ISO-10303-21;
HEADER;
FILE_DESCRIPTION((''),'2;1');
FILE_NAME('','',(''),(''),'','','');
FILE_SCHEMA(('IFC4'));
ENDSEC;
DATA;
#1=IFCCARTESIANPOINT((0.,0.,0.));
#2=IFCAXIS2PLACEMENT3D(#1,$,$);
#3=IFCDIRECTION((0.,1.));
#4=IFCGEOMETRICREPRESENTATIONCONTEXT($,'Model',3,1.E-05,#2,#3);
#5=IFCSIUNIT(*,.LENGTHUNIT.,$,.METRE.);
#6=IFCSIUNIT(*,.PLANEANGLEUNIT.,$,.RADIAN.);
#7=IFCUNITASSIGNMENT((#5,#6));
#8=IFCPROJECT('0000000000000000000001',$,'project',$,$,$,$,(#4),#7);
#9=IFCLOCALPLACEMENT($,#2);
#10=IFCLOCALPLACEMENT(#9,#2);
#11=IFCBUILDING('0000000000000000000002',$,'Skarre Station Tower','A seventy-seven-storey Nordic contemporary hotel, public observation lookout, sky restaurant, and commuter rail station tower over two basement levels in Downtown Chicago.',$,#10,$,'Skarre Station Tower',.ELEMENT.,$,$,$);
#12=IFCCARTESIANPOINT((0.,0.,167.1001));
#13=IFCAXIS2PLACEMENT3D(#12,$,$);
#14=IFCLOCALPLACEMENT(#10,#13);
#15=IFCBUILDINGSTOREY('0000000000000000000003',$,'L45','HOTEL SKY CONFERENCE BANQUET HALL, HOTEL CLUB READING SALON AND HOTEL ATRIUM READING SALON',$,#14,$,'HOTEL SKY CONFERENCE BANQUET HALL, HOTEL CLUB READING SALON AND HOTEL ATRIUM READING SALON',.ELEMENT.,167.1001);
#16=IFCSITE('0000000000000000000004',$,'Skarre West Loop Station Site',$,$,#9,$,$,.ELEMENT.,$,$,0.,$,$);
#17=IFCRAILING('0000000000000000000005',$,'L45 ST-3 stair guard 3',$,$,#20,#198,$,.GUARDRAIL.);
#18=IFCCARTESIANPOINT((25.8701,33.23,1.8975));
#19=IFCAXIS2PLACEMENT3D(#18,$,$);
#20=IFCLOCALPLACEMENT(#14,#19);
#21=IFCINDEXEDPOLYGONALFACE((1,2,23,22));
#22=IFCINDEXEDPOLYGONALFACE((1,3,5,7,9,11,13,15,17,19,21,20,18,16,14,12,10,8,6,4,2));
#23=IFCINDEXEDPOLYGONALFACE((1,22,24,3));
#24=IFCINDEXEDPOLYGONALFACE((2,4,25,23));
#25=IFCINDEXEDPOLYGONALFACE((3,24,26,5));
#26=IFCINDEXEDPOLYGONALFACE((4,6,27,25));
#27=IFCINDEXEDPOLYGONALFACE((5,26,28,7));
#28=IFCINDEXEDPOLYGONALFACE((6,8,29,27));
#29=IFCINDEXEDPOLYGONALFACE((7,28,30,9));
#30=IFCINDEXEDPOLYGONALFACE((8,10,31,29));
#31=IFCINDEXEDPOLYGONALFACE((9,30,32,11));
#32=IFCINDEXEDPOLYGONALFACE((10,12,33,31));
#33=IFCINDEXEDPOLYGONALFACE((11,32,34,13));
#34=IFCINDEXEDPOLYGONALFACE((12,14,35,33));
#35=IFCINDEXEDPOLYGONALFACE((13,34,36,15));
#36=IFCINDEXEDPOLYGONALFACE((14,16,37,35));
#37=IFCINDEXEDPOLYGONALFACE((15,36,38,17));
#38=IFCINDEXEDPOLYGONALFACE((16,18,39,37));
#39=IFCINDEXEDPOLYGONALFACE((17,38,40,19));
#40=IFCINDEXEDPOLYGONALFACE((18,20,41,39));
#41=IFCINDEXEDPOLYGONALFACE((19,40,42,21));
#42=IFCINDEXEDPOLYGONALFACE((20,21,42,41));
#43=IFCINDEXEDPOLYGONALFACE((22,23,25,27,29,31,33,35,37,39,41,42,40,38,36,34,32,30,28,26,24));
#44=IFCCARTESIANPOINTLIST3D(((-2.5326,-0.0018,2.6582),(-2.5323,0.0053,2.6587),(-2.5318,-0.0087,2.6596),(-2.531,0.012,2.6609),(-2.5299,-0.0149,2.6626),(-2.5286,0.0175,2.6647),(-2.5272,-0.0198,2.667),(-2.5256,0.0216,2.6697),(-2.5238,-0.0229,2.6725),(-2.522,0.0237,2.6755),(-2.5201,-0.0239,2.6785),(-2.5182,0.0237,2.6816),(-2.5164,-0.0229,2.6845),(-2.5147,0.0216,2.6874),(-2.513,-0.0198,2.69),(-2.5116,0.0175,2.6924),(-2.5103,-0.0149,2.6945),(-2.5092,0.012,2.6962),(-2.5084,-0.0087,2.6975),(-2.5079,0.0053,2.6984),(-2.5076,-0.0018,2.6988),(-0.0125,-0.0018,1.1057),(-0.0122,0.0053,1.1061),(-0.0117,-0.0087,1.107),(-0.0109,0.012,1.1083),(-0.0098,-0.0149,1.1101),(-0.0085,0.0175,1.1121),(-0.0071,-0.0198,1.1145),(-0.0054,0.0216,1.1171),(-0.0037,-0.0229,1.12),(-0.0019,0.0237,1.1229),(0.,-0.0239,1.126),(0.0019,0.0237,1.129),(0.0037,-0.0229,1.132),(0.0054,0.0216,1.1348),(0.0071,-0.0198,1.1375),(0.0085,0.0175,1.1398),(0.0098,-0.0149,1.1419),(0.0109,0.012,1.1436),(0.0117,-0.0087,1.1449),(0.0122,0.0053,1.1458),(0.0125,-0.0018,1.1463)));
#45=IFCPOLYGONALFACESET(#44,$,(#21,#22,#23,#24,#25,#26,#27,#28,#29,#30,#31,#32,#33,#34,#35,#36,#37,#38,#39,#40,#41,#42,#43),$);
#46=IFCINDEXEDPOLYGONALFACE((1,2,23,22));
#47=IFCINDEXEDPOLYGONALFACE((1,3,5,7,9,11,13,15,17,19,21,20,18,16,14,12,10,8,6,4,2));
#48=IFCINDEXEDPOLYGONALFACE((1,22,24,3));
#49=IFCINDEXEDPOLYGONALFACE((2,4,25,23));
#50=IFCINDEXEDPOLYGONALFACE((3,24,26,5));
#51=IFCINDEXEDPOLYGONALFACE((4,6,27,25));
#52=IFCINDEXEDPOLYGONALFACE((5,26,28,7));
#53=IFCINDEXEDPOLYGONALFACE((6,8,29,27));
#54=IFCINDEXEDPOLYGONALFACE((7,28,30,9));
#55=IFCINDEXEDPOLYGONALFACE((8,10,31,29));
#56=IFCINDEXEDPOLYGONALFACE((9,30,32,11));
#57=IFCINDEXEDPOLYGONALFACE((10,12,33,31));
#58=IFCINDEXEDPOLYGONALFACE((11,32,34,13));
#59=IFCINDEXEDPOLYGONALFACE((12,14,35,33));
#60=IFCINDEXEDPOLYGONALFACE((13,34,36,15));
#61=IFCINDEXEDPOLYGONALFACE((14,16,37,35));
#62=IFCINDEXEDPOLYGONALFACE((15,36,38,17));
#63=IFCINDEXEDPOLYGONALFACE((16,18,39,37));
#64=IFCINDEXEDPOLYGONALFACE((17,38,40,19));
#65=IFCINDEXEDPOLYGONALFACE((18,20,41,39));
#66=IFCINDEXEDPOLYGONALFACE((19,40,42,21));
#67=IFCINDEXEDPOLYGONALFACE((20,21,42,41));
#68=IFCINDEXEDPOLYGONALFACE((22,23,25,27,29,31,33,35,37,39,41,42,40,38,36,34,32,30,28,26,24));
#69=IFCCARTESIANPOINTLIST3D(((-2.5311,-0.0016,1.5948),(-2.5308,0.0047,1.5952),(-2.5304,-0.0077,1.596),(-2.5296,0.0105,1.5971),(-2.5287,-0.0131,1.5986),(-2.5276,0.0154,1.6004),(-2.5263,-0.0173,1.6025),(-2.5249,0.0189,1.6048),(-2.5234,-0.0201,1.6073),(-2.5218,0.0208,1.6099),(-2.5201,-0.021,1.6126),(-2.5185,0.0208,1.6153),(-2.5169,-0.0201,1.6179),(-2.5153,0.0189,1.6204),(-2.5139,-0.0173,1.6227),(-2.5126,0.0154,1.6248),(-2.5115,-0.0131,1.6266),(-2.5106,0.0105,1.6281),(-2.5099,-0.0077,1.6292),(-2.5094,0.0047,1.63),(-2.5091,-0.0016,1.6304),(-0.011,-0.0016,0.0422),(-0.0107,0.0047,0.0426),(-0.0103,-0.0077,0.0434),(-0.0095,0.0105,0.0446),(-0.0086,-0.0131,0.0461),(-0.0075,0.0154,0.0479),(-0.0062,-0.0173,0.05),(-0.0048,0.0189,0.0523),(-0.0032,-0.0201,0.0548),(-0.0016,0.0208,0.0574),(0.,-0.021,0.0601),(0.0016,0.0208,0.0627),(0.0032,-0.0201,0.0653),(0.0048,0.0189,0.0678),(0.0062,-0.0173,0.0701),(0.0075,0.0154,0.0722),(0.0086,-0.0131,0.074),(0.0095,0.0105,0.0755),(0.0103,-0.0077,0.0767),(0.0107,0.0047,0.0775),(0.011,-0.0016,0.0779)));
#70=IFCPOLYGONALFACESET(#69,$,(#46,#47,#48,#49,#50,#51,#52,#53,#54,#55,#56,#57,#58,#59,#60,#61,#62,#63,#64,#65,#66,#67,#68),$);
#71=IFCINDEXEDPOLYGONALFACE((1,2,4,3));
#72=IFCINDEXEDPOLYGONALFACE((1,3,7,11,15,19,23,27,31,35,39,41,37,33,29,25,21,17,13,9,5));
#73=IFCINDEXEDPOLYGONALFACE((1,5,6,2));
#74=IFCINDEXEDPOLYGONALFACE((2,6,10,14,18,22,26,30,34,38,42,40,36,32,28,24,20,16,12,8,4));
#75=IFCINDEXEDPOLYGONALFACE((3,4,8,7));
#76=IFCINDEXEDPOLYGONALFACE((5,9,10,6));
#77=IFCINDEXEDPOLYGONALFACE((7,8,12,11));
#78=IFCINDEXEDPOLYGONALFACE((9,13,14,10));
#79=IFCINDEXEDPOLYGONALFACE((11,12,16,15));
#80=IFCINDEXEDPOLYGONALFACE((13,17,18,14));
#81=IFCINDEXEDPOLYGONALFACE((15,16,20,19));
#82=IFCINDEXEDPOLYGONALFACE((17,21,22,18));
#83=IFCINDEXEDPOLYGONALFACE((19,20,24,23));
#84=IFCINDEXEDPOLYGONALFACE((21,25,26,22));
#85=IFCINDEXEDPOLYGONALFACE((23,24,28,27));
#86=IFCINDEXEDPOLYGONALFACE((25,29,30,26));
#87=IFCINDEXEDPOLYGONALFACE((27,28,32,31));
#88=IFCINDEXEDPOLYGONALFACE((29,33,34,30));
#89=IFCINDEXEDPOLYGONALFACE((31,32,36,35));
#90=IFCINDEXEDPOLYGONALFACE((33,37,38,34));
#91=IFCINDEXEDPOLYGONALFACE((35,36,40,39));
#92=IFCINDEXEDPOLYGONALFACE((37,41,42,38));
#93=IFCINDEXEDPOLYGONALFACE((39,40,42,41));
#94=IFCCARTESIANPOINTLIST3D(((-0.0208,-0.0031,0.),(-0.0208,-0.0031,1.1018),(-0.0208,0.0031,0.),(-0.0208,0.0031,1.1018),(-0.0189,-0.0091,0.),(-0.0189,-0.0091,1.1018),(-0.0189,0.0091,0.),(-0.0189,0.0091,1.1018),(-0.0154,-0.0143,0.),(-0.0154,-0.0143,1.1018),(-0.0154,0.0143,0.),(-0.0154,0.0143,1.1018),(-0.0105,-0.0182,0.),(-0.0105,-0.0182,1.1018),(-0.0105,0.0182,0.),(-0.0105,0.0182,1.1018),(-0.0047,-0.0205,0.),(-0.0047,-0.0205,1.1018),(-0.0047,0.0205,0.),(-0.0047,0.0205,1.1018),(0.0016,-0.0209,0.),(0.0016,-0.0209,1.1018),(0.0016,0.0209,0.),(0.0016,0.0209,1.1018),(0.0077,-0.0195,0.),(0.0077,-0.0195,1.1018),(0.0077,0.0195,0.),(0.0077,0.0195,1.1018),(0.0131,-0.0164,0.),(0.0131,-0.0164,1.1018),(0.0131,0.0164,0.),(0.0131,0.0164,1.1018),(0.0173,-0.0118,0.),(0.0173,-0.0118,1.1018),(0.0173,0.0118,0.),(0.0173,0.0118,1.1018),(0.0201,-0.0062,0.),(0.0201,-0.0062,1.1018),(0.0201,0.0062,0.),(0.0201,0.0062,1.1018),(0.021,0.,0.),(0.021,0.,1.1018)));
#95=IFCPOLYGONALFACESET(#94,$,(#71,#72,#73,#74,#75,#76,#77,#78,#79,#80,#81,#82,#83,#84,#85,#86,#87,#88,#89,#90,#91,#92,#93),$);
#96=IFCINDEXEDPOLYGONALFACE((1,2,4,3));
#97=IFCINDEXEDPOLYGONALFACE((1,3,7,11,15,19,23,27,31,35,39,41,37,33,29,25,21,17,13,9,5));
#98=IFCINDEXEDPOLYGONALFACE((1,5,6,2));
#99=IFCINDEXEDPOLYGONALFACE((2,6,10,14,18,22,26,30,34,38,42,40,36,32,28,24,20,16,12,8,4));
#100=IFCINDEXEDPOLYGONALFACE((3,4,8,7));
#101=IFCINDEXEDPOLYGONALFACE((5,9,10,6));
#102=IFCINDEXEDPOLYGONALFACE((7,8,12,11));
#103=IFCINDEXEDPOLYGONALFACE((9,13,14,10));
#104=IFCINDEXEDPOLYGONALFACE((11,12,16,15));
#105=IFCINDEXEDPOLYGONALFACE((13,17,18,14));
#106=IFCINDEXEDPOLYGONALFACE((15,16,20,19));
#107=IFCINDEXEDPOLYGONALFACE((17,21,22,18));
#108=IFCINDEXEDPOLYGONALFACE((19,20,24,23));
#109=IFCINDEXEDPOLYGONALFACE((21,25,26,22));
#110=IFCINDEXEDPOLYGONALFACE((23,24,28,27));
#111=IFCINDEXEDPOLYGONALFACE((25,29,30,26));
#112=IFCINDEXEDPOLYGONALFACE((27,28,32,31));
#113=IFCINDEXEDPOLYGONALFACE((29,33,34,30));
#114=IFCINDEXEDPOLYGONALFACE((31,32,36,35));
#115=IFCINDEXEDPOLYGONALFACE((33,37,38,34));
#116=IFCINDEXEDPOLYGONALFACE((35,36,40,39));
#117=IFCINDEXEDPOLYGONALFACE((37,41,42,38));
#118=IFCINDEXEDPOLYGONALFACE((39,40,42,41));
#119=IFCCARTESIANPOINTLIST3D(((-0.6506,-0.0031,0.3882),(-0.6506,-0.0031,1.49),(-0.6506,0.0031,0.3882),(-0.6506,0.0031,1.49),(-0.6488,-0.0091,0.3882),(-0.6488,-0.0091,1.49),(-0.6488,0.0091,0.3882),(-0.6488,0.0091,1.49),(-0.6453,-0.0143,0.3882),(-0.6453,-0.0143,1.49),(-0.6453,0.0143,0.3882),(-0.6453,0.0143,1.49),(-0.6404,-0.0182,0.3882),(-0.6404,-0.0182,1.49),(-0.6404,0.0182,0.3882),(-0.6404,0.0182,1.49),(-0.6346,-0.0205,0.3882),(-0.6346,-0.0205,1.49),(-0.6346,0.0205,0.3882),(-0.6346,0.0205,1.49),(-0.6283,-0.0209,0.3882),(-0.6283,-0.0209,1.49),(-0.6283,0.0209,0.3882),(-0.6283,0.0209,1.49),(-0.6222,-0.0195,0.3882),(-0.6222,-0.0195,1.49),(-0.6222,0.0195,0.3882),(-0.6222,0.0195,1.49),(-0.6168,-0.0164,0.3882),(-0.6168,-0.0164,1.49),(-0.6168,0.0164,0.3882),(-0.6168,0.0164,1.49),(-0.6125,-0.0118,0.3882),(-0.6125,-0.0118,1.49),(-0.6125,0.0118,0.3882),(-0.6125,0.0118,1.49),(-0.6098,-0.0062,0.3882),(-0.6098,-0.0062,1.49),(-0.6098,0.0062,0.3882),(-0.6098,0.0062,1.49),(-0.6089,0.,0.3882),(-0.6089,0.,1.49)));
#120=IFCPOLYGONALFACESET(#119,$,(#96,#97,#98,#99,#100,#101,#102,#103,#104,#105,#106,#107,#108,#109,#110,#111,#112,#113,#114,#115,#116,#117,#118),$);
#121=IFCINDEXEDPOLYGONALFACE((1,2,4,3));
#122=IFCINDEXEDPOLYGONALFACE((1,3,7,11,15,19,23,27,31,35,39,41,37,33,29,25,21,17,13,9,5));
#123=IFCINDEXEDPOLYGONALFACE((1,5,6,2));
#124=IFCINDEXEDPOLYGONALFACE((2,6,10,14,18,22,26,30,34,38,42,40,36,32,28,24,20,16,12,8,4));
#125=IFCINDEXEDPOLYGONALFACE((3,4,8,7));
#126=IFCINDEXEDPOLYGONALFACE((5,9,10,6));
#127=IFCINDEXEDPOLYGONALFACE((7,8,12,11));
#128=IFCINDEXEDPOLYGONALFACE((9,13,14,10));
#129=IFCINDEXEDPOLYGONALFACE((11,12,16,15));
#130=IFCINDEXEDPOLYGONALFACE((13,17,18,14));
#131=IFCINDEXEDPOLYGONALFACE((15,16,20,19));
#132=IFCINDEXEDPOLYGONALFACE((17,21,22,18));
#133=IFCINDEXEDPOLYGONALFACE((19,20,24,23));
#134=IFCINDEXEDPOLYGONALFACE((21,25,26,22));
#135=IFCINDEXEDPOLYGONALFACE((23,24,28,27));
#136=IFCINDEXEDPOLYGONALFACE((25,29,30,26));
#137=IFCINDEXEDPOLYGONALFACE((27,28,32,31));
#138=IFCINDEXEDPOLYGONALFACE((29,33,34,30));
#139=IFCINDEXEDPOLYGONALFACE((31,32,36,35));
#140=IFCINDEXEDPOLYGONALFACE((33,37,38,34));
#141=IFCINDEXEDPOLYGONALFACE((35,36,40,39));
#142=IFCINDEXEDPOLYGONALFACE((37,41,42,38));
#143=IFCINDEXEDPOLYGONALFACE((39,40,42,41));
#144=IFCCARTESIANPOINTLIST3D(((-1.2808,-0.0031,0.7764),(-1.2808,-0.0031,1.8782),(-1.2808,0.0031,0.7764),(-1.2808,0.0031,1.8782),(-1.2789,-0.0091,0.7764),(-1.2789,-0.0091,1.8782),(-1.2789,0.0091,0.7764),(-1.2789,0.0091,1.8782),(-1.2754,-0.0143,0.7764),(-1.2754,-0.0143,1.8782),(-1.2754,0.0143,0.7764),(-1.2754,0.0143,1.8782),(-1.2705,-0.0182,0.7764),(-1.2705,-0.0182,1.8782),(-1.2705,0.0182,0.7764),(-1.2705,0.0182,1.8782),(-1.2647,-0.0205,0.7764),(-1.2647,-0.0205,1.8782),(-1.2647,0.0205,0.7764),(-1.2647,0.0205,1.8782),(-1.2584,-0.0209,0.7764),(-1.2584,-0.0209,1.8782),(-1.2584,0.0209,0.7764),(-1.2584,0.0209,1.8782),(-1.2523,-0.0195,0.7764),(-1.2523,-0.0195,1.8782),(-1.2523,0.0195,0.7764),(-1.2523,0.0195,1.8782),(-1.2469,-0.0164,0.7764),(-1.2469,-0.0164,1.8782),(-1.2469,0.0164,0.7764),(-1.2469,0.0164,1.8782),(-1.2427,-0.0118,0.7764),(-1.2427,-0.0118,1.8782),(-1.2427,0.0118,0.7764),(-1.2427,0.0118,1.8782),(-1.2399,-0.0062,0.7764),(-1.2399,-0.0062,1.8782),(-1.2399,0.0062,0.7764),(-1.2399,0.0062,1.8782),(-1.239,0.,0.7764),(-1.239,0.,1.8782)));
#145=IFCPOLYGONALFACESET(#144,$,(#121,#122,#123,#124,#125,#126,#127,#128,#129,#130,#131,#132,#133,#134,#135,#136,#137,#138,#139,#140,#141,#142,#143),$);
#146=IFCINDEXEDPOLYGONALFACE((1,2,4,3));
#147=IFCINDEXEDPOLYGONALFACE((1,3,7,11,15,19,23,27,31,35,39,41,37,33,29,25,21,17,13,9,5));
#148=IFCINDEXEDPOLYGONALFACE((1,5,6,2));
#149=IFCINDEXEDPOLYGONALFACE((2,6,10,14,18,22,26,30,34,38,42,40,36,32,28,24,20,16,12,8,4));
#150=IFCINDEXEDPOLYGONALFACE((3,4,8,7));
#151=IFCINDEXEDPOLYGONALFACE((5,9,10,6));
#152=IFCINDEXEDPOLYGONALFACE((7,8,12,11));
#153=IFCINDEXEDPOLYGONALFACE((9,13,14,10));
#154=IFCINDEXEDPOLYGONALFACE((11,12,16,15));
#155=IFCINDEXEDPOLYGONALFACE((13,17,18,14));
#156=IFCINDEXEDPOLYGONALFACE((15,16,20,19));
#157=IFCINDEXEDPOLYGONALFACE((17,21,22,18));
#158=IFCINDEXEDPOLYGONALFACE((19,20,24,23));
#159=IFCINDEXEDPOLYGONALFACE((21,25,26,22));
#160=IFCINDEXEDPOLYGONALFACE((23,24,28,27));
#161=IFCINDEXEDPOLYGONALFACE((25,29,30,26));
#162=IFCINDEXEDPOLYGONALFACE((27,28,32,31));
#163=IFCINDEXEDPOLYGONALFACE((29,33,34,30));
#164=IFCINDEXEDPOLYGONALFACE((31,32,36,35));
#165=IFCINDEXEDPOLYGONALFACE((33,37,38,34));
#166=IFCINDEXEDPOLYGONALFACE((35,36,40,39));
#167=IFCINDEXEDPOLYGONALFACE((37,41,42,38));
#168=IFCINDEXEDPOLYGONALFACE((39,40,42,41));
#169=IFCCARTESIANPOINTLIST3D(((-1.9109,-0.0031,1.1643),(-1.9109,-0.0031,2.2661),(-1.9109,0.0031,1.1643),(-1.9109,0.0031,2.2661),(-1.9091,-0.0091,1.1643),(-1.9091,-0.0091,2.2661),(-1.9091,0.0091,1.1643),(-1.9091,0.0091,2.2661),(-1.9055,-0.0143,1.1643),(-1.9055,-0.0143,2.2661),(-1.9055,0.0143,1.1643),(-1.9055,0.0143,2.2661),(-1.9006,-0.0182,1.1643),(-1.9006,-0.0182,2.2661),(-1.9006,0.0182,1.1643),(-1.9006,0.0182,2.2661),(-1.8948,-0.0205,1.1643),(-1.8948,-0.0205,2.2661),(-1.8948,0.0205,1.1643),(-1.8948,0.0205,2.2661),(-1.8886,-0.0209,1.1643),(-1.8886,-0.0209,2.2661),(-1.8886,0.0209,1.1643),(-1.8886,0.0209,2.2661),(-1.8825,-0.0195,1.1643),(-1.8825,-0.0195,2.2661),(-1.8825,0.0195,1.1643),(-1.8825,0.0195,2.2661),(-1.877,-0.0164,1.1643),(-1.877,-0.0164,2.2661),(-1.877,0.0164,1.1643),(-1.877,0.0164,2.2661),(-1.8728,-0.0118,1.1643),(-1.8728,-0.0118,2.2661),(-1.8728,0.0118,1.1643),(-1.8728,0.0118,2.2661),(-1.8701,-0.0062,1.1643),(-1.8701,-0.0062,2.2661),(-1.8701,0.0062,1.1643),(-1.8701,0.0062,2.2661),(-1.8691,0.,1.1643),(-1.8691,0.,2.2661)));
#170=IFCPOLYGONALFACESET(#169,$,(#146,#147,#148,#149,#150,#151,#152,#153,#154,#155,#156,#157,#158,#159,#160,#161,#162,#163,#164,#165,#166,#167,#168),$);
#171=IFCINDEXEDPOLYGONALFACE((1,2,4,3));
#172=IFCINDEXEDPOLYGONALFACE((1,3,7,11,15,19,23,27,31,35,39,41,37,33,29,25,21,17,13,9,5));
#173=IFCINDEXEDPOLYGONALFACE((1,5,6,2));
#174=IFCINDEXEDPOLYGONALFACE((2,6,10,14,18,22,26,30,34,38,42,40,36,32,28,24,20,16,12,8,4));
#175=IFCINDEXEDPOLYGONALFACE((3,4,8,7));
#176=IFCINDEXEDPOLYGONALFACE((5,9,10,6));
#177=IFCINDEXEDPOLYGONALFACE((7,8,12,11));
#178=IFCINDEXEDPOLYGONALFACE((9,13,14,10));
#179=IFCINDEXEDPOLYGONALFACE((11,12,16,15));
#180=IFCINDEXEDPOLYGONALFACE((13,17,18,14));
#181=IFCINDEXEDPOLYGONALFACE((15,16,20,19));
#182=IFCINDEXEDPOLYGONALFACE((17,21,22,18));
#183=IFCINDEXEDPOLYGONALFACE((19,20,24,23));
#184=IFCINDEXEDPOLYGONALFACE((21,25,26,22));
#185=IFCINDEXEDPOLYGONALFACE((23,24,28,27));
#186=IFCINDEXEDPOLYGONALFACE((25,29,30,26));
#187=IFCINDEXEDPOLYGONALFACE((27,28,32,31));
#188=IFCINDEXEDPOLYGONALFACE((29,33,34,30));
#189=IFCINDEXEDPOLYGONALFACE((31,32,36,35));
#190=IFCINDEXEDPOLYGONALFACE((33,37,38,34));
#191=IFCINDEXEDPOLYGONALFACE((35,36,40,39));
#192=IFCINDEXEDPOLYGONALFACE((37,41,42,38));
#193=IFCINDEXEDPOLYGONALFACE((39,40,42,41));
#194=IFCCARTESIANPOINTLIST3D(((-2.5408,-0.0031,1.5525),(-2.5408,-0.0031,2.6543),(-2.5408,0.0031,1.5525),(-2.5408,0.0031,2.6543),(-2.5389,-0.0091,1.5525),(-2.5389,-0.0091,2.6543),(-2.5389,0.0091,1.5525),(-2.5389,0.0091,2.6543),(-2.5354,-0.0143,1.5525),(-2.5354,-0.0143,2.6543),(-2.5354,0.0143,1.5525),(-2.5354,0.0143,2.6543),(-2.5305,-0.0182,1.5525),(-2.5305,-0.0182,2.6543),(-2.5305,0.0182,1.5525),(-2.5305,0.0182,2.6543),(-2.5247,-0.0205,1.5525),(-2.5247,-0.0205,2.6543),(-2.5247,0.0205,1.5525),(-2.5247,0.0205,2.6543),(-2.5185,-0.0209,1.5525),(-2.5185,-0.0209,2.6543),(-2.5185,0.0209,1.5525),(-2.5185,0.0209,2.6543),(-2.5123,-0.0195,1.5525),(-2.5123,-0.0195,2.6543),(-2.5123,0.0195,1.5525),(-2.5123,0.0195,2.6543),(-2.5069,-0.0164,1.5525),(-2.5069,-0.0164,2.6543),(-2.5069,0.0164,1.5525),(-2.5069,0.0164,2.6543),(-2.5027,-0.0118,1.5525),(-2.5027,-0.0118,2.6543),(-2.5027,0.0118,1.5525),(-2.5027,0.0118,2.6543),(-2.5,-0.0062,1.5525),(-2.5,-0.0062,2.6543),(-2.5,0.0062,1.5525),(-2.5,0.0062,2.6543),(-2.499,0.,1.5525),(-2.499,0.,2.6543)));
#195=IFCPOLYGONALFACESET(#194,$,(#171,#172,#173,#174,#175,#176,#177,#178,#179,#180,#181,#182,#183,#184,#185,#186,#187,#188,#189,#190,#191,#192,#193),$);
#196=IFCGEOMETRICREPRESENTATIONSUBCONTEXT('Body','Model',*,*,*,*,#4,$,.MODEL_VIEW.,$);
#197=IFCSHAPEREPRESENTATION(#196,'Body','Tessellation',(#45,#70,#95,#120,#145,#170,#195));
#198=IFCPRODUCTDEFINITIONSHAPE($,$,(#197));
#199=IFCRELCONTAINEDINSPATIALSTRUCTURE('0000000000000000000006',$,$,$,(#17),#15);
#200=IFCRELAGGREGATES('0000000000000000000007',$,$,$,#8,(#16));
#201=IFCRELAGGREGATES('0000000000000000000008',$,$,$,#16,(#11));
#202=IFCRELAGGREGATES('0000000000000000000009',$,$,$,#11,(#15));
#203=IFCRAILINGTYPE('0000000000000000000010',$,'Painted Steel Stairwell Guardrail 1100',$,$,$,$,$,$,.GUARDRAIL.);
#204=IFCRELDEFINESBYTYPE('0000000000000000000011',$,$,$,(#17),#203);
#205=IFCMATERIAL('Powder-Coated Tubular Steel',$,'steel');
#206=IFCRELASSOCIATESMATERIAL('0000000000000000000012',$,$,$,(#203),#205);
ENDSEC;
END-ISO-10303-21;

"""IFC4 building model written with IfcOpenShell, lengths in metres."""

from ifc_helpers import new_model, si_unit, direction, frame, origin, origin_2d, place, context, subcontext, project, spatial, circle, extrude, material, type_object, element, save


model = new_model("IFC4")

# Units and contexts
model_context = context("Model", 3, precision=1e-05, world=origin(), true_north=direction((0.0, 1.0)))
body_context = subcontext(model_context, "Body", "Model", "MODEL_VIEW")
ifc_project = project(units=[si_unit("LENGTHUNIT", "METRE"), si_unit("PLANEANGLEUNIT", "RADIAN")], contexts=[model_context])

# Site, building, storey
site_placement = place(None, origin())
site = spatial("IfcSite", under=ifc_project, at=site_placement, Name="Skarre West Loop Station Site", CompositionType="ELEMENT", RefElevation=0.0)
building_placement = place(site_placement, origin())
building = spatial("IfcBuilding", under=site, at=building_placement, Name="Skarre Station Tower", Description="A seventy-seven-storey Nordic contemporary hotel, public observation lookout, sky restaurant, and commuter rail station tower over two basement levels in Downtown Chicago.", LongName="Skarre Station Tower", CompositionType="ELEMENT")
storey_placement = place(building_placement, frame((0.0, 0.0, 167.1001)))
storey = spatial("IfcBuildingStorey", under=building, at=storey_placement, Name="L45", Description="HOTEL SKY CONFERENCE BANQUET HALL, HOTEL CLUB READING SALON AND HOTEL ATRIUM READING SALON", LongName="HOTEL SKY CONFERENCE BANQUET HALL, HOTEL CLUB READING SALON AND HOTEL ATRIUM READING SALON", CompositionType="ELEMENT", Elevation=167.1001)

# Railing
ifc_material_1 = material(Name="Powder-Coated Tubular Steel", Category="steel")
railing_type_1 = type_object("IfcRailingType", Name="Painted Steel Stairwell Guardrail 1100", PredefinedType="GUARDRAIL", material=ifc_material_1)
railing_1_placement = place(storey_placement, frame((25.8701, 33.23, 1.8975)))
element("IfcRailing", 1, at=railing_1_placement, inside=storey, type_object=railing_type_1, Name="L45 ST-3 stair guard 3", PredefinedType="GUARDRAIL", context=body_context, shape_type="SweptSolid", body=[
    extrude(circle(Radius=0.0239, at=origin_2d()), frame((0.0, 0.0, 1.126), z_axis=(-0.8514, 0.0, 0.524516), x_axis=(0.0, -1.0, 0.0)), (0.0, 0.0, 1.0), 2.96),
    extrude(circle(Radius=0.021, at=origin_2d()), frame((0.0, 0.0, 0.0601), z_axis=(-0.8514, 0.0, 0.524516), x_axis=(0.0, -1.0, 0.0)), (0.0, 0.0, 1.0), 2.96),
    extrude(circle(Radius=0.021, at=origin_2d()), origin(), (0.0, 0.0, 1.0), 1.1018),
    extrude(circle(Radius=0.021, at=origin_2d()), frame((-0.6299, 0.0, 0.3882)), (0.0, 0.0, 1.0), 1.1018),
    extrude(circle(Radius=0.021, at=origin_2d()), frame((-1.26, 0.0, 0.7764)), (0.0, 0.0, 1.0), 1.1018),
    extrude(circle(Radius=0.021, at=origin_2d()), frame((-1.8901, 0.0, 1.1643)), (0.0, 0.0, 1.0), 1.1018),
    extrude(circle(Radius=0.021, at=origin_2d()), frame((-2.52, 0.0, 1.5525)), (0.0, 0.0, 1.0), 1.1018),
])

save(model, "model.ifc")
